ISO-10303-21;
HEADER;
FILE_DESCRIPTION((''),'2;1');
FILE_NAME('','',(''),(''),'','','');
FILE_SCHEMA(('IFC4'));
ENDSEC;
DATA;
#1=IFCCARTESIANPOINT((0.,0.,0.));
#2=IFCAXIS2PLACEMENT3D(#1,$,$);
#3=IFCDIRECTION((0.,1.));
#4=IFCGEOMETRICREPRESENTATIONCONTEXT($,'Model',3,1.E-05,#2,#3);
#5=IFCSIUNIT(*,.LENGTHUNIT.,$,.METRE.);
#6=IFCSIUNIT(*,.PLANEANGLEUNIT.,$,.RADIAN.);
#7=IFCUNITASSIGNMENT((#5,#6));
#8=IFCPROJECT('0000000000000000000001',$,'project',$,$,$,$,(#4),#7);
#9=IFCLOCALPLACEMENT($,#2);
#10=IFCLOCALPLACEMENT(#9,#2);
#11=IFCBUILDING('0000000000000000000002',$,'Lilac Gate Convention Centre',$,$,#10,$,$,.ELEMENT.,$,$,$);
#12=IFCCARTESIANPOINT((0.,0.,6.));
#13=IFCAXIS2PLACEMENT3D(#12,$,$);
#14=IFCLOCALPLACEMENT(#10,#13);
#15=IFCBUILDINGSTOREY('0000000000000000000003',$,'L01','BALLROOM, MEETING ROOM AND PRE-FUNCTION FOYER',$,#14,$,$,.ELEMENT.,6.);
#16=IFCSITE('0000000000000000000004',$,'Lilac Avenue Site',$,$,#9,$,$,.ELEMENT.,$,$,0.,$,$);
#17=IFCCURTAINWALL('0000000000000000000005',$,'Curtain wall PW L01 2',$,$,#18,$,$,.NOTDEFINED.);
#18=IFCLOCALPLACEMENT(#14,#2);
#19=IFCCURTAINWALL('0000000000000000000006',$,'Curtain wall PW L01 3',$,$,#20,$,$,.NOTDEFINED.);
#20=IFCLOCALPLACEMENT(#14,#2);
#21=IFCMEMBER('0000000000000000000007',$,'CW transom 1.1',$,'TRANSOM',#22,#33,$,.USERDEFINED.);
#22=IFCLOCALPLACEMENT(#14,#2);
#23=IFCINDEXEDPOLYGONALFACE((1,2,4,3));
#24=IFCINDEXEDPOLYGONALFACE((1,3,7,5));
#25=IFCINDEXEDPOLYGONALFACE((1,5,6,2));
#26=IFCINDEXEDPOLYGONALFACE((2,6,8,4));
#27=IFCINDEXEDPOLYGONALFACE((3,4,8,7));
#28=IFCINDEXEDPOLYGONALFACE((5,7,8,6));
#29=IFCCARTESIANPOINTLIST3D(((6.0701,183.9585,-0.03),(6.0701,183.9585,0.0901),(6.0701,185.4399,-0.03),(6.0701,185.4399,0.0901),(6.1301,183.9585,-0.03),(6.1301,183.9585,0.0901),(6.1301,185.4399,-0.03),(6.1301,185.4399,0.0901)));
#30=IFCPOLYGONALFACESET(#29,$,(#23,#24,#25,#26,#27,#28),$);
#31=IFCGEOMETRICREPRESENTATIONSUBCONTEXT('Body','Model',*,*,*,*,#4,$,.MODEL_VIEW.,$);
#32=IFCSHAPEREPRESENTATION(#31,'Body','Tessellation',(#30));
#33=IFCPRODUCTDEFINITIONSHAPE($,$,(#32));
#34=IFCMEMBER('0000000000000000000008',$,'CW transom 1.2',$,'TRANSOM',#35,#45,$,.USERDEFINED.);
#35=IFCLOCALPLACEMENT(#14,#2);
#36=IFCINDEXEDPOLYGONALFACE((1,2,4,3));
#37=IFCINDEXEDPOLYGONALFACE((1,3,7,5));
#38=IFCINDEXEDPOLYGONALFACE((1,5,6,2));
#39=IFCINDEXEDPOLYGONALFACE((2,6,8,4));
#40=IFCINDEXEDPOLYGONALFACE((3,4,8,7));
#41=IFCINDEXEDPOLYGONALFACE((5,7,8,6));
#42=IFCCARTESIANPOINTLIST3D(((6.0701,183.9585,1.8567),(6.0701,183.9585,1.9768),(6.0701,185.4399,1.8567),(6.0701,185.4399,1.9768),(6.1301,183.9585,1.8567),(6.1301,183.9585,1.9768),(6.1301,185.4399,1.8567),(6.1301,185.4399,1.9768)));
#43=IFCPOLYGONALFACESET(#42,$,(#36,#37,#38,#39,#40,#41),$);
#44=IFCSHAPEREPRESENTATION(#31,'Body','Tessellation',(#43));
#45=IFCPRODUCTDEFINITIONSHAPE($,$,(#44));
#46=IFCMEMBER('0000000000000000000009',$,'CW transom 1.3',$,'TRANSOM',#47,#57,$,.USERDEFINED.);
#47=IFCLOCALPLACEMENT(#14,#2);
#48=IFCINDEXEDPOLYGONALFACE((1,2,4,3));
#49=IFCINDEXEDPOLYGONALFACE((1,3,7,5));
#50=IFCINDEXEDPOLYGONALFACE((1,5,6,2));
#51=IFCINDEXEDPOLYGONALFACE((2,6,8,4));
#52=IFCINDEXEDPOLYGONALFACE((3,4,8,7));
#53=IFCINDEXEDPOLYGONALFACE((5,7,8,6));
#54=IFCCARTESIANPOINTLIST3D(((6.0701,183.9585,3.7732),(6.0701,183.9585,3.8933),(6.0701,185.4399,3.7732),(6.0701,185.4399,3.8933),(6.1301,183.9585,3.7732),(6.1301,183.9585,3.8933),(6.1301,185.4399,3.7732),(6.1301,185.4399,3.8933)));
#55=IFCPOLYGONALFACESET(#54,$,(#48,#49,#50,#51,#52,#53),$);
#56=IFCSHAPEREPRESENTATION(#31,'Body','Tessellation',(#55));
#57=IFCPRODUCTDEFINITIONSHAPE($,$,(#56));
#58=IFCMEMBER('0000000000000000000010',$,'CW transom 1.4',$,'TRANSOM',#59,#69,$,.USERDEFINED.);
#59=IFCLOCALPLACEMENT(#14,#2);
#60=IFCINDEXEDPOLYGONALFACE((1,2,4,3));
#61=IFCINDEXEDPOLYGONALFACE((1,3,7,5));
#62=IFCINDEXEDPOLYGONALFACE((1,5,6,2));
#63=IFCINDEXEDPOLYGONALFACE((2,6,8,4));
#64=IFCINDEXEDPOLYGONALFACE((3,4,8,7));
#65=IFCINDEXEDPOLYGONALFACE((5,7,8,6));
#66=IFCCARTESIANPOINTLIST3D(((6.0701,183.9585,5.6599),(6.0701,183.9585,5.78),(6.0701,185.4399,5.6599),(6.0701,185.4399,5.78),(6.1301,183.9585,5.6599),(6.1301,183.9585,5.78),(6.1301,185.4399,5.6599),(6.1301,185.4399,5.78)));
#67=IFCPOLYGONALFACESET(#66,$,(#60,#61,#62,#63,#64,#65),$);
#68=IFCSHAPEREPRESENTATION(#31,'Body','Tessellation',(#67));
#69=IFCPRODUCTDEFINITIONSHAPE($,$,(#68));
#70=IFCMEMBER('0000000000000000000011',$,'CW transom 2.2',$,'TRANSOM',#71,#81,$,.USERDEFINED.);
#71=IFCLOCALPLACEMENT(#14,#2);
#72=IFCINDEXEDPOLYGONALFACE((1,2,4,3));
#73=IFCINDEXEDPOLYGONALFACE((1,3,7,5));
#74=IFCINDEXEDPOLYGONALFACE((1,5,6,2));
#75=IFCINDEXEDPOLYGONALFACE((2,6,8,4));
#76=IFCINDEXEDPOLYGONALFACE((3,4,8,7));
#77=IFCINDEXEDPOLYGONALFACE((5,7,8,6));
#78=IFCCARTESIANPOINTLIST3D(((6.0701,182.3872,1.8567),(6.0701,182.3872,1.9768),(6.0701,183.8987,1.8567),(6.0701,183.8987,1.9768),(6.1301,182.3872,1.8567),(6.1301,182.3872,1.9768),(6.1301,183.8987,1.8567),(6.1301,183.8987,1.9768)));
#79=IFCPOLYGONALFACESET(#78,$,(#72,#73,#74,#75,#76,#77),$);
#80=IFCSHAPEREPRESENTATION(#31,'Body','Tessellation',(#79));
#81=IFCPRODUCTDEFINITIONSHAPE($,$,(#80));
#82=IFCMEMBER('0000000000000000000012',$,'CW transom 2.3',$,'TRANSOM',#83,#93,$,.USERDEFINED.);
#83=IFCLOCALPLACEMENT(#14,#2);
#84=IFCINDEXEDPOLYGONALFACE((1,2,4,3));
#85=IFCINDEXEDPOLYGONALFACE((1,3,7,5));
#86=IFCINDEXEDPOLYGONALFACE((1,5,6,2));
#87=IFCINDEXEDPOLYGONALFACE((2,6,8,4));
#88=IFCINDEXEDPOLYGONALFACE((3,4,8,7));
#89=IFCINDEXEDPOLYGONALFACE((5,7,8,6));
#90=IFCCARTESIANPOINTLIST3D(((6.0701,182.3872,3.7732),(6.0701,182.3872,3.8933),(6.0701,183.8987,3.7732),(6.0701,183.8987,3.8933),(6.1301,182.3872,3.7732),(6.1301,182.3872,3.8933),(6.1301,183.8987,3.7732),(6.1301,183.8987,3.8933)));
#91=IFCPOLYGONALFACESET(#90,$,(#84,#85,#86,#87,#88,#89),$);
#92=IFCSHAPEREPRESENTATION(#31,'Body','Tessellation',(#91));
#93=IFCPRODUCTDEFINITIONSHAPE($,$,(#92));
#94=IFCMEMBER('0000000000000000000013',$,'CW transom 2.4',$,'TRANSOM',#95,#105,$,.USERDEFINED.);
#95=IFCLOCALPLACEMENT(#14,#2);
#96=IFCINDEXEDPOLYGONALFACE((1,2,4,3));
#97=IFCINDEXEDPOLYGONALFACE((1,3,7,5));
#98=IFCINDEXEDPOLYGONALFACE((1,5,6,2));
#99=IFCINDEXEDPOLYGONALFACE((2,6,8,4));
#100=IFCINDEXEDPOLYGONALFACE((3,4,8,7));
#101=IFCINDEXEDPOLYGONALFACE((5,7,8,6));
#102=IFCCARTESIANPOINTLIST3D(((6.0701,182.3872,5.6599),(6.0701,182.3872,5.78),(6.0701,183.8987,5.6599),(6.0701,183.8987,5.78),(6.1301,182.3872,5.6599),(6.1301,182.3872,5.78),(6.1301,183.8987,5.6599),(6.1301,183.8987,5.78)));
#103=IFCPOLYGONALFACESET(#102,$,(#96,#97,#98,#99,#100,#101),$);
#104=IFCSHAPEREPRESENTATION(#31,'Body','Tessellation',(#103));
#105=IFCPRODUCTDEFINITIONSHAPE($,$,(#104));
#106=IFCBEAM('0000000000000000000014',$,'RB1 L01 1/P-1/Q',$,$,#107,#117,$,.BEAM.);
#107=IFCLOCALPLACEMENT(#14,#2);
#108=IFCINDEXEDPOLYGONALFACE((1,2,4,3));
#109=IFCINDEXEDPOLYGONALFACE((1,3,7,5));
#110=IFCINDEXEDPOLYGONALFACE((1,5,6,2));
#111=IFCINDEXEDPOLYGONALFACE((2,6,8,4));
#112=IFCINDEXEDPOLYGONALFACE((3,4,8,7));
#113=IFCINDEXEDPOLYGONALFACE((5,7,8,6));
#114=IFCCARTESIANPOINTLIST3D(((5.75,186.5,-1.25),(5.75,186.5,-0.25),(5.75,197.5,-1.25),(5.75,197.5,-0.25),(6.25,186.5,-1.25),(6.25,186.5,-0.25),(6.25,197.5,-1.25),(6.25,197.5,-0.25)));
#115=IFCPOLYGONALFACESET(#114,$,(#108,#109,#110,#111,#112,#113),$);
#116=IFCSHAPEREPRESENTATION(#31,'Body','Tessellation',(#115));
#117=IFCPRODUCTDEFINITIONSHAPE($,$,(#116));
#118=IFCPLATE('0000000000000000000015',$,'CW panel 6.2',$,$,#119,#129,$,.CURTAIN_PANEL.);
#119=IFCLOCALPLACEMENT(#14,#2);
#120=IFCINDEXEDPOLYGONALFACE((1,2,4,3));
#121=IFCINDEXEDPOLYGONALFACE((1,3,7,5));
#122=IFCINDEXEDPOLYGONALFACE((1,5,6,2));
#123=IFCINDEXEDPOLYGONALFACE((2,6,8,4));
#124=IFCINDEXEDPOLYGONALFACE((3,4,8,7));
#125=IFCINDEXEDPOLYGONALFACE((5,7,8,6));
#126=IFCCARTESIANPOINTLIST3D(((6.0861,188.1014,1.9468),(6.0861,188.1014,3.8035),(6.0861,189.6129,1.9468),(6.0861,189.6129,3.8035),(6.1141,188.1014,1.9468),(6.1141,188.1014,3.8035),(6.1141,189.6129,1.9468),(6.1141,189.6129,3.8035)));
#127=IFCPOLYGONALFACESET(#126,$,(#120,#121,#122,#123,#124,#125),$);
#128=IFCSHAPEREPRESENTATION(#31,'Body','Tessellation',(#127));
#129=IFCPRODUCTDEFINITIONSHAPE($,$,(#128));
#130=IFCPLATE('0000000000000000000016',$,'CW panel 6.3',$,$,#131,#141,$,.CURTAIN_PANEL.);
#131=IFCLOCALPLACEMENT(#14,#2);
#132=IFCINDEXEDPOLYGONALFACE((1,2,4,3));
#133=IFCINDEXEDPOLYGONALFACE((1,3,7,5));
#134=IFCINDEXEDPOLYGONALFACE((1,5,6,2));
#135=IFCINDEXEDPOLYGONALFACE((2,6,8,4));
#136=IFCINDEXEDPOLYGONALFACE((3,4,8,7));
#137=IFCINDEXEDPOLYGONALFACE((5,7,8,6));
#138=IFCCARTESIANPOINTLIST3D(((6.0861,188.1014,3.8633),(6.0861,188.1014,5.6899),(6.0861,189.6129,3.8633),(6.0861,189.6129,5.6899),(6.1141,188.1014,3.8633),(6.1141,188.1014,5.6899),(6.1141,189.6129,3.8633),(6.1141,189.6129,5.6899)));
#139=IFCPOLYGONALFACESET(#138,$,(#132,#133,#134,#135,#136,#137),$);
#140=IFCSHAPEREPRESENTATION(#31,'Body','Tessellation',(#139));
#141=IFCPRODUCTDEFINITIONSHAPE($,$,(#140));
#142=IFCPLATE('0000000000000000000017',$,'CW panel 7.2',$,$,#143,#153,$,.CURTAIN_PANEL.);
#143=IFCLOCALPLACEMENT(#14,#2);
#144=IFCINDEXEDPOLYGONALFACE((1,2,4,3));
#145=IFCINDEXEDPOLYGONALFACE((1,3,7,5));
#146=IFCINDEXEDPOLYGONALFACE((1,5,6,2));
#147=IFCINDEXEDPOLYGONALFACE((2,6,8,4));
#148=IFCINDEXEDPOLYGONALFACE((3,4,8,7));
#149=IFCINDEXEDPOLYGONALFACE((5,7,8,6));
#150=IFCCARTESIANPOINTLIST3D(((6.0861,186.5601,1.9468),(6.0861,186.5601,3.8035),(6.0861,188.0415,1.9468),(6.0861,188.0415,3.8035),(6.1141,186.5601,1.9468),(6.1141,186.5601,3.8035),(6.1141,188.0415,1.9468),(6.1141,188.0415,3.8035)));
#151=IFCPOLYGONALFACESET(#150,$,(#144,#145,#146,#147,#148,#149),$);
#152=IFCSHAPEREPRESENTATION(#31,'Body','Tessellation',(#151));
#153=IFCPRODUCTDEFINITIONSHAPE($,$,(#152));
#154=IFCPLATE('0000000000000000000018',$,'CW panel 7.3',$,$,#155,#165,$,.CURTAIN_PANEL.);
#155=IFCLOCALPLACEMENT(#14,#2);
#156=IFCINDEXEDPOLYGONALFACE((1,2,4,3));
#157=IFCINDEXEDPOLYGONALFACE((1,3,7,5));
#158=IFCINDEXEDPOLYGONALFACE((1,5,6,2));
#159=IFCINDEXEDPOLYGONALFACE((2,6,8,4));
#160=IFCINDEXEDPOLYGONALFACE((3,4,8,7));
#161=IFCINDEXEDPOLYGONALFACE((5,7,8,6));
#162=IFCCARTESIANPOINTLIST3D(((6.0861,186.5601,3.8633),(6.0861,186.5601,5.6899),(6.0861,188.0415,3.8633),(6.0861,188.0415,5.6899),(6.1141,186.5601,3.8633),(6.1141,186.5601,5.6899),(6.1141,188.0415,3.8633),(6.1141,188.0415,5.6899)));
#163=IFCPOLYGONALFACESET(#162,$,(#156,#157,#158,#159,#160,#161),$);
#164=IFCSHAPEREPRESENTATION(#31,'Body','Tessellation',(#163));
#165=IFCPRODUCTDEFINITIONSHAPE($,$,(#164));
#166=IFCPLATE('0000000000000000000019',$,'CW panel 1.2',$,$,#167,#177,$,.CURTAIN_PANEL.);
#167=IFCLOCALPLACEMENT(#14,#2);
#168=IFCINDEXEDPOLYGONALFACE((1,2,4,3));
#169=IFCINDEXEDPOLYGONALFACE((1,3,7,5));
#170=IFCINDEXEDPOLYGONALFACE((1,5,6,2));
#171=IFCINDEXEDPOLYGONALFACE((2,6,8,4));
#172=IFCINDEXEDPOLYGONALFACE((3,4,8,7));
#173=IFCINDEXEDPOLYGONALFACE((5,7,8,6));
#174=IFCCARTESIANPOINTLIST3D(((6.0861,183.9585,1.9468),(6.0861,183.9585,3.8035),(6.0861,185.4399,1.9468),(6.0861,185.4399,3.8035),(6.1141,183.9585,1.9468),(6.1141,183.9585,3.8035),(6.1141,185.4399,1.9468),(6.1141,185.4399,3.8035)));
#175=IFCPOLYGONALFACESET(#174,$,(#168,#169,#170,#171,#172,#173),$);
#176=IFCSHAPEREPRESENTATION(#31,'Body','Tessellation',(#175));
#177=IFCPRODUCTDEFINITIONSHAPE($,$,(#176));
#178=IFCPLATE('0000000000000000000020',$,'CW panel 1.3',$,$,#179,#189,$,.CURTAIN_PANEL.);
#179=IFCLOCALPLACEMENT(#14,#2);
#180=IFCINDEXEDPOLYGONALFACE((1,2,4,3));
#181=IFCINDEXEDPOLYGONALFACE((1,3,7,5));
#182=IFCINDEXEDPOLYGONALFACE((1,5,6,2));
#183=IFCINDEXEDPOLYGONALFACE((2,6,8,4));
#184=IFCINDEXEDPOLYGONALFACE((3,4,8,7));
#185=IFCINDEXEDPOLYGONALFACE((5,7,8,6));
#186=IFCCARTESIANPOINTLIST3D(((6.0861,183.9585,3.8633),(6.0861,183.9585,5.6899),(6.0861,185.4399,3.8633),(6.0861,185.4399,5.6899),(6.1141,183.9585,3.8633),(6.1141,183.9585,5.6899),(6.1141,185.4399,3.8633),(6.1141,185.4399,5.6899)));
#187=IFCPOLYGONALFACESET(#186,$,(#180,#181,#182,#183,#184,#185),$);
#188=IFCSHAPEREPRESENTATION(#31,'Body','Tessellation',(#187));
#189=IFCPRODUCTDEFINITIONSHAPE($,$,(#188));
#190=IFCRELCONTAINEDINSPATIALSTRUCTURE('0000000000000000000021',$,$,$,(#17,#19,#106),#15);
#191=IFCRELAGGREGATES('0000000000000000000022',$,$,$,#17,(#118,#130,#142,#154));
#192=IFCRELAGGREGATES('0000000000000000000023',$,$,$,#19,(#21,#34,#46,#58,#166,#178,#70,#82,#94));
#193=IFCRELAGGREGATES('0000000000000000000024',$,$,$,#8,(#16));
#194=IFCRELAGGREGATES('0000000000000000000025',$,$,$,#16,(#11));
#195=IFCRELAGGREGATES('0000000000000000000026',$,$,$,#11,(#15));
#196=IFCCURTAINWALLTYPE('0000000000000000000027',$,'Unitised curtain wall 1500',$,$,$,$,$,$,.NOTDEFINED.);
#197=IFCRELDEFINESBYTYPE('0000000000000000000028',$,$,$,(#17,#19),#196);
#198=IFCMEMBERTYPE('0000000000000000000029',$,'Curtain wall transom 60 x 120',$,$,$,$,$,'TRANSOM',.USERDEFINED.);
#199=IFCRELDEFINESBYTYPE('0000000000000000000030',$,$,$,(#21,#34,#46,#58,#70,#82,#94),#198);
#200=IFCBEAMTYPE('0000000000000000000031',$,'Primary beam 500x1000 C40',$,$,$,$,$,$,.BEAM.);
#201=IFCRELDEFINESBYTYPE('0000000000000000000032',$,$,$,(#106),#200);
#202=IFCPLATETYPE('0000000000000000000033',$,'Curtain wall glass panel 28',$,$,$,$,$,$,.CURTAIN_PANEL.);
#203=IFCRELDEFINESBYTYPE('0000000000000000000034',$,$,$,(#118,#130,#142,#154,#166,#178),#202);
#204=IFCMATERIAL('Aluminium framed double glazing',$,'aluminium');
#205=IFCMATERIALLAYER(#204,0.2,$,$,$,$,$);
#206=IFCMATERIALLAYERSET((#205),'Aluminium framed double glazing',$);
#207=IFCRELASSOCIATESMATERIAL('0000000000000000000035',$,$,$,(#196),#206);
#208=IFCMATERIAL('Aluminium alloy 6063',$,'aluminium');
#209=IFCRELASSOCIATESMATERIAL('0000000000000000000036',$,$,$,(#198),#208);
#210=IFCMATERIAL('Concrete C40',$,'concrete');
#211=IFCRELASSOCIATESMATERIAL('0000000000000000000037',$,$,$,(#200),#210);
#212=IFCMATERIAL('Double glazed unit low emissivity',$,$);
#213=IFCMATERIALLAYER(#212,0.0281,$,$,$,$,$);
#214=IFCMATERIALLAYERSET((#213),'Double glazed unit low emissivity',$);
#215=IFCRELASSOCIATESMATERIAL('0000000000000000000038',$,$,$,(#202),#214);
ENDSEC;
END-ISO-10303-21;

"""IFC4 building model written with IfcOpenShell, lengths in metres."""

from ifc_helpers import new_model, si_unit, direction, frame, origin, origin_2d, place, context, subcontext, project, spatial, rectangle, extrude, material, layer, layer_set, material_profile, profile_set, type_object, element, aggregate, save


model = new_model("IFC4")

# Units and contexts
model_context = context("Model", 3, precision=1e-05, world=origin(), true_north=direction((0.0, 1.0)))
body_context = subcontext(model_context, "Body", "Model", "MODEL_VIEW")
ifc_project = project(units=[si_unit("LENGTHUNIT", "METRE"), si_unit("PLANEANGLEUNIT", "RADIAN")], contexts=[model_context])

# Site, building, storey
site_placement = place(None, origin())
site = spatial("IfcSite", under=ifc_project, at=site_placement, Name="Lilac Avenue Site", CompositionType="ELEMENT", RefElevation=0.0)
building_placement = place(site_placement, origin())
building = spatial("IfcBuilding", under=site, at=building_placement, Name="Lilac Gate Convention Centre", CompositionType="ELEMENT")
storey_placement = place(building_placement, frame((0.0, 0.0, 6.0)))
storey = spatial("IfcBuildingStorey", under=building, at=storey_placement, Name="L01", Description="BALLROOM, MEETING ROOM AND PRE-FUNCTION FOYER", CompositionType="ELEMENT", Elevation=6.0)

# Shared definitions
ifc_material_1 = material(Name="Concrete C40", Category="concrete")

# Curtain walls
ifc_material_2 = material(Name="Aluminium framed double glazing", Category="aluminium")
ifc_layer_1 = layer(ifc_material_2, 0.2)
ifc_layer_set_1 = layer_set([ifc_layer_1], Name="Aluminium framed double glazing")
curtain_wall_type = type_object("IfcCurtainWallType", Name="Unitised curtain wall 1500", PredefinedType="NOTDEFINED", material=ifc_layer_set_1)
curtain_wall_1_placement = place(storey_placement, origin())
curtain_wall_1 = element("IfcCurtainWall", 1, at=curtain_wall_1_placement, inside=storey, type_object=curtain_wall_type, Name="Curtain wall PW L01 2", PredefinedType="NOTDEFINED")
ifc_material_3 = material(Name="Aluminium alloy 6063", Category="aluminium")
curtain_wall_2_placement = place(storey_placement, origin())
curtain_wall_2 = element("IfcCurtainWall", 2, at=curtain_wall_2_placement, inside=storey, type_object=curtain_wall_type, Name="Curtain wall PW L01 3", PredefinedType="NOTDEFINED")

# Members
ifc_material_profile_1 = material_profile(ifc_material_3, rectangle(XDim=0.0601, YDim=0.1201, at=origin_2d()), Name="Curtain wall transom 60 x 120")
ifc_profile_set_1 = profile_set([ifc_material_profile_1], Name="Aluminium alloy 6063")
member_type_1 = type_object("IfcMemberType", Name="Curtain wall transom 60 x 120", ElementType="TRANSOM", PredefinedType="USERDEFINED", material=ifc_profile_set_1)
member_1_placement = place(storey_placement, frame((6.1001, 185.4399, 0.03), z_axis=(0.0, -1.0, 0.0), x_axis=(1.0, 0.0, 0.0)))
member_1 = element("IfcMember", 3, at=member_1_placement, type_object=member_type_1, Name="CW transom 1.1", ObjectType="TRANSOM", PredefinedType="USERDEFINED", context=body_context, shape_type="SweptSolid", body=[
    extrude(rectangle(XDim=0.0601, YDim=0.1201, at=origin_2d()), origin(), (0.0, 0.0, 1.0), 1.4814),
])
member_2_placement = place(storey_placement, frame((6.1001, 185.4399, 1.9167), z_axis=(0.0, -1.0, 0.0), x_axis=(1.0, 0.0, 0.0)))
member_2 = element("IfcMember", 4, at=member_2_placement, type_object=member_type_1, Name="CW transom 1.2", ObjectType="TRANSOM", PredefinedType="USERDEFINED", context=body_context, shape_type="SweptSolid", body=[
    extrude(rectangle(XDim=0.0601, YDim=0.1201, at=origin_2d()), origin(), (0.0, 0.0, 1.0), 1.4814),
])
member_3_placement = place(storey_placement, frame((6.1001, 185.4399, 3.8333), z_axis=(0.0, -1.0, 0.0), x_axis=(1.0, 0.0, 0.0)))
member_3 = element("IfcMember", 5, at=member_3_placement, type_object=member_type_1, Name="CW transom 1.3", ObjectType="TRANSOM", PredefinedType="USERDEFINED", context=body_context, shape_type="SweptSolid", body=[
    extrude(rectangle(XDim=0.0601, YDim=0.1201, at=origin_2d()), origin(), (0.0, 0.0, 1.0), 1.4814),
])
member_4_placement = place(storey_placement, frame((6.1001, 185.4399, 5.72), z_axis=(0.0, -1.0, 0.0), x_axis=(1.0, 0.0, 0.0)))
member_4 = element("IfcMember", 6, at=member_4_placement, type_object=member_type_1, Name="CW transom 1.4", ObjectType="TRANSOM", PredefinedType="USERDEFINED", context=body_context, shape_type="SweptSolid", body=[
    extrude(rectangle(XDim=0.0601, YDim=0.1201, at=origin_2d()), origin(), (0.0, 0.0, 1.0), 1.4814),
])
member_5_placement = place(storey_placement, frame((6.1001, 183.8987, 1.9167), z_axis=(0.0, -1.0, 0.0), x_axis=(1.0, 0.0, 0.0)))
member_5 = element("IfcMember", 7, at=member_5_placement, type_object=member_type_1, Name="CW transom 2.2", ObjectType="TRANSOM", PredefinedType="USERDEFINED", context=body_context, shape_type="SweptSolid", body=[
    extrude(rectangle(XDim=0.0601, YDim=0.1201, at=origin_2d()), origin(), (0.0, 0.0, 1.0), 1.5115),
])
member_6_placement = place(storey_placement, frame((6.1001, 183.8987, 3.8333), z_axis=(0.0, -1.0, 0.0), x_axis=(1.0, 0.0, 0.0)))
member_6 = element("IfcMember", 8, at=member_6_placement, type_object=member_type_1, Name="CW transom 2.3", ObjectType="TRANSOM", PredefinedType="USERDEFINED", context=body_context, shape_type="SweptSolid", body=[
    extrude(rectangle(XDim=0.0601, YDim=0.1201, at=origin_2d()), origin(), (0.0, 0.0, 1.0), 1.5115),
])
member_7_placement = place(storey_placement, frame((6.1001, 183.8987, 5.72), z_axis=(0.0, -1.0, 0.0), x_axis=(1.0, 0.0, 0.0)))
member_7 = element("IfcMember", 9, at=member_7_placement, type_object=member_type_1, Name="CW transom 2.4", ObjectType="TRANSOM", PredefinedType="USERDEFINED", context=body_context, shape_type="SweptSolid", body=[
    extrude(rectangle(XDim=0.0601, YDim=0.1201, at=origin_2d()), origin(), (0.0, 0.0, 1.0), 1.5115),
])

# Beam
ifc_material_profile_2 = material_profile(ifc_material_1, rectangle(XDim=0.5, YDim=1.0, at=origin_2d()), Name="RC 500x1000")
ifc_profile_set_2 = profile_set([ifc_material_profile_2], Name="Concrete C40")
beam_type = type_object("IfcBeamType", Name="Primary beam 500x1000 C40", PredefinedType="BEAM", material=ifc_profile_set_2)
beam_placement = place(storey_placement, frame((6.0, 186.5, -0.75), z_axis=(0.0, 1.0, 0.0), x_axis=(-1.0, 0.0, 0.0)))
element("IfcBeam", 10, at=beam_placement, inside=storey, type_object=beam_type, Name="RB1 L01 1/P-1/Q", PredefinedType="BEAM", context=body_context, shape_type="SweptSolid", body=[
    extrude(rectangle(XDim=0.5, YDim=1.0, at=origin_2d()), origin(), (0.0, 0.0, 1.0), 11.0),
])

# Plates
ifc_material_4 = material(Name="Double glazed unit low emissivity")
ifc_layer_2 = layer(ifc_material_4, 0.0281)
ifc_layer_set_2 = layer_set([ifc_layer_2], Name="Double glazed unit low emissivity")
plate_type_1 = type_object("IfcPlateType", Name="Curtain wall glass panel 28", PredefinedType="CURTAIN_PANEL", material=ifc_layer_set_2)
plate_1_placement = place(storey_placement, frame((6.1001, 188.8572, 1.9468), z_axis=(0.0, 0.0, 1.0), x_axis=(0.0, -1.0, 0.0)))
plate_1 = element("IfcPlate", 11, at=plate_1_placement, type_object=plate_type_1, Name="CW panel 6.2", PredefinedType="CURTAIN_PANEL", context=body_context, shape_type="SweptSolid", body=[
    extrude(rectangle(XDim=1.5115, YDim=0.0281, at=origin_2d()), origin(), (0.0, 0.0, 1.0), 1.8567),
])
plate_2_placement = place(storey_placement, frame((6.1001, 188.8572, 3.8633), z_axis=(0.0, 0.0, 1.0), x_axis=(0.0, -1.0, 0.0)))
plate_2 = element("IfcPlate", 12, at=plate_2_placement, type_object=plate_type_1, Name="CW panel 6.3", PredefinedType="CURTAIN_PANEL", context=body_context, shape_type="SweptSolid", body=[
    extrude(rectangle(XDim=1.5115, YDim=0.0281, at=origin_2d()), origin(), (0.0, 0.0, 1.0), 1.8267),
])
plate_3_placement = place(storey_placement, frame((6.1001, 187.3008, 1.9468), z_axis=(0.0, 0.0, 1.0), x_axis=(0.0, -1.0, 0.0)))
plate_3 = element("IfcPlate", 13, at=plate_3_placement, type_object=plate_type_1, Name="CW panel 7.2", PredefinedType="CURTAIN_PANEL", context=body_context, shape_type="SweptSolid", body=[
    extrude(rectangle(XDim=1.4814, YDim=0.0281, at=origin_2d()), origin(), (0.0, 0.0, 1.0), 1.8567),
])
plate_4_placement = place(storey_placement, frame((6.1001, 187.3008, 3.8633), z_axis=(0.0, 0.0, 1.0), x_axis=(0.0, -1.0, 0.0)))
plate_4 = element("IfcPlate", 14, at=plate_4_placement, type_object=plate_type_1, Name="CW panel 7.3", PredefinedType="CURTAIN_PANEL", context=body_context, shape_type="SweptSolid", body=[
    extrude(rectangle(XDim=1.4814, YDim=0.0281, at=origin_2d()), origin(), (0.0, 0.0, 1.0), 1.8267),
])
plate_5_placement = place(storey_placement, frame((6.1001, 184.6992, 1.9468), z_axis=(0.0, 0.0, 1.0), x_axis=(0.0, -1.0, 0.0)))
plate_5 = element("IfcPlate", 15, at=plate_5_placement, type_object=plate_type_1, Name="CW panel 1.2", PredefinedType="CURTAIN_PANEL", context=body_context, shape_type="SweptSolid", body=[
    extrude(rectangle(XDim=1.4814, YDim=0.0281, at=origin_2d()), origin(), (0.0, 0.0, 1.0), 1.8567),
])
plate_6_placement = place(storey_placement, frame((6.1001, 184.6992, 3.8633), z_axis=(0.0, 0.0, 1.0), x_axis=(0.0, -1.0, 0.0)))
plate_6 = element("IfcPlate", 16, at=plate_6_placement, type_object=plate_type_1, Name="CW panel 1.3", PredefinedType="CURTAIN_PANEL", context=body_context, shape_type="SweptSolid", body=[
    extrude(rectangle(XDim=1.4814, YDim=0.0281, at=origin_2d()), origin(), (0.0, 0.0, 1.0), 1.8267),
])
aggregate(curtain_wall_1, [plate_1, plate_2, plate_3, plate_4])
aggregate(curtain_wall_2, [member_1, member_2, member_3, member_4, plate_5, plate_6, member_5, member_6, member_7])

save(model, "model.ifc")
